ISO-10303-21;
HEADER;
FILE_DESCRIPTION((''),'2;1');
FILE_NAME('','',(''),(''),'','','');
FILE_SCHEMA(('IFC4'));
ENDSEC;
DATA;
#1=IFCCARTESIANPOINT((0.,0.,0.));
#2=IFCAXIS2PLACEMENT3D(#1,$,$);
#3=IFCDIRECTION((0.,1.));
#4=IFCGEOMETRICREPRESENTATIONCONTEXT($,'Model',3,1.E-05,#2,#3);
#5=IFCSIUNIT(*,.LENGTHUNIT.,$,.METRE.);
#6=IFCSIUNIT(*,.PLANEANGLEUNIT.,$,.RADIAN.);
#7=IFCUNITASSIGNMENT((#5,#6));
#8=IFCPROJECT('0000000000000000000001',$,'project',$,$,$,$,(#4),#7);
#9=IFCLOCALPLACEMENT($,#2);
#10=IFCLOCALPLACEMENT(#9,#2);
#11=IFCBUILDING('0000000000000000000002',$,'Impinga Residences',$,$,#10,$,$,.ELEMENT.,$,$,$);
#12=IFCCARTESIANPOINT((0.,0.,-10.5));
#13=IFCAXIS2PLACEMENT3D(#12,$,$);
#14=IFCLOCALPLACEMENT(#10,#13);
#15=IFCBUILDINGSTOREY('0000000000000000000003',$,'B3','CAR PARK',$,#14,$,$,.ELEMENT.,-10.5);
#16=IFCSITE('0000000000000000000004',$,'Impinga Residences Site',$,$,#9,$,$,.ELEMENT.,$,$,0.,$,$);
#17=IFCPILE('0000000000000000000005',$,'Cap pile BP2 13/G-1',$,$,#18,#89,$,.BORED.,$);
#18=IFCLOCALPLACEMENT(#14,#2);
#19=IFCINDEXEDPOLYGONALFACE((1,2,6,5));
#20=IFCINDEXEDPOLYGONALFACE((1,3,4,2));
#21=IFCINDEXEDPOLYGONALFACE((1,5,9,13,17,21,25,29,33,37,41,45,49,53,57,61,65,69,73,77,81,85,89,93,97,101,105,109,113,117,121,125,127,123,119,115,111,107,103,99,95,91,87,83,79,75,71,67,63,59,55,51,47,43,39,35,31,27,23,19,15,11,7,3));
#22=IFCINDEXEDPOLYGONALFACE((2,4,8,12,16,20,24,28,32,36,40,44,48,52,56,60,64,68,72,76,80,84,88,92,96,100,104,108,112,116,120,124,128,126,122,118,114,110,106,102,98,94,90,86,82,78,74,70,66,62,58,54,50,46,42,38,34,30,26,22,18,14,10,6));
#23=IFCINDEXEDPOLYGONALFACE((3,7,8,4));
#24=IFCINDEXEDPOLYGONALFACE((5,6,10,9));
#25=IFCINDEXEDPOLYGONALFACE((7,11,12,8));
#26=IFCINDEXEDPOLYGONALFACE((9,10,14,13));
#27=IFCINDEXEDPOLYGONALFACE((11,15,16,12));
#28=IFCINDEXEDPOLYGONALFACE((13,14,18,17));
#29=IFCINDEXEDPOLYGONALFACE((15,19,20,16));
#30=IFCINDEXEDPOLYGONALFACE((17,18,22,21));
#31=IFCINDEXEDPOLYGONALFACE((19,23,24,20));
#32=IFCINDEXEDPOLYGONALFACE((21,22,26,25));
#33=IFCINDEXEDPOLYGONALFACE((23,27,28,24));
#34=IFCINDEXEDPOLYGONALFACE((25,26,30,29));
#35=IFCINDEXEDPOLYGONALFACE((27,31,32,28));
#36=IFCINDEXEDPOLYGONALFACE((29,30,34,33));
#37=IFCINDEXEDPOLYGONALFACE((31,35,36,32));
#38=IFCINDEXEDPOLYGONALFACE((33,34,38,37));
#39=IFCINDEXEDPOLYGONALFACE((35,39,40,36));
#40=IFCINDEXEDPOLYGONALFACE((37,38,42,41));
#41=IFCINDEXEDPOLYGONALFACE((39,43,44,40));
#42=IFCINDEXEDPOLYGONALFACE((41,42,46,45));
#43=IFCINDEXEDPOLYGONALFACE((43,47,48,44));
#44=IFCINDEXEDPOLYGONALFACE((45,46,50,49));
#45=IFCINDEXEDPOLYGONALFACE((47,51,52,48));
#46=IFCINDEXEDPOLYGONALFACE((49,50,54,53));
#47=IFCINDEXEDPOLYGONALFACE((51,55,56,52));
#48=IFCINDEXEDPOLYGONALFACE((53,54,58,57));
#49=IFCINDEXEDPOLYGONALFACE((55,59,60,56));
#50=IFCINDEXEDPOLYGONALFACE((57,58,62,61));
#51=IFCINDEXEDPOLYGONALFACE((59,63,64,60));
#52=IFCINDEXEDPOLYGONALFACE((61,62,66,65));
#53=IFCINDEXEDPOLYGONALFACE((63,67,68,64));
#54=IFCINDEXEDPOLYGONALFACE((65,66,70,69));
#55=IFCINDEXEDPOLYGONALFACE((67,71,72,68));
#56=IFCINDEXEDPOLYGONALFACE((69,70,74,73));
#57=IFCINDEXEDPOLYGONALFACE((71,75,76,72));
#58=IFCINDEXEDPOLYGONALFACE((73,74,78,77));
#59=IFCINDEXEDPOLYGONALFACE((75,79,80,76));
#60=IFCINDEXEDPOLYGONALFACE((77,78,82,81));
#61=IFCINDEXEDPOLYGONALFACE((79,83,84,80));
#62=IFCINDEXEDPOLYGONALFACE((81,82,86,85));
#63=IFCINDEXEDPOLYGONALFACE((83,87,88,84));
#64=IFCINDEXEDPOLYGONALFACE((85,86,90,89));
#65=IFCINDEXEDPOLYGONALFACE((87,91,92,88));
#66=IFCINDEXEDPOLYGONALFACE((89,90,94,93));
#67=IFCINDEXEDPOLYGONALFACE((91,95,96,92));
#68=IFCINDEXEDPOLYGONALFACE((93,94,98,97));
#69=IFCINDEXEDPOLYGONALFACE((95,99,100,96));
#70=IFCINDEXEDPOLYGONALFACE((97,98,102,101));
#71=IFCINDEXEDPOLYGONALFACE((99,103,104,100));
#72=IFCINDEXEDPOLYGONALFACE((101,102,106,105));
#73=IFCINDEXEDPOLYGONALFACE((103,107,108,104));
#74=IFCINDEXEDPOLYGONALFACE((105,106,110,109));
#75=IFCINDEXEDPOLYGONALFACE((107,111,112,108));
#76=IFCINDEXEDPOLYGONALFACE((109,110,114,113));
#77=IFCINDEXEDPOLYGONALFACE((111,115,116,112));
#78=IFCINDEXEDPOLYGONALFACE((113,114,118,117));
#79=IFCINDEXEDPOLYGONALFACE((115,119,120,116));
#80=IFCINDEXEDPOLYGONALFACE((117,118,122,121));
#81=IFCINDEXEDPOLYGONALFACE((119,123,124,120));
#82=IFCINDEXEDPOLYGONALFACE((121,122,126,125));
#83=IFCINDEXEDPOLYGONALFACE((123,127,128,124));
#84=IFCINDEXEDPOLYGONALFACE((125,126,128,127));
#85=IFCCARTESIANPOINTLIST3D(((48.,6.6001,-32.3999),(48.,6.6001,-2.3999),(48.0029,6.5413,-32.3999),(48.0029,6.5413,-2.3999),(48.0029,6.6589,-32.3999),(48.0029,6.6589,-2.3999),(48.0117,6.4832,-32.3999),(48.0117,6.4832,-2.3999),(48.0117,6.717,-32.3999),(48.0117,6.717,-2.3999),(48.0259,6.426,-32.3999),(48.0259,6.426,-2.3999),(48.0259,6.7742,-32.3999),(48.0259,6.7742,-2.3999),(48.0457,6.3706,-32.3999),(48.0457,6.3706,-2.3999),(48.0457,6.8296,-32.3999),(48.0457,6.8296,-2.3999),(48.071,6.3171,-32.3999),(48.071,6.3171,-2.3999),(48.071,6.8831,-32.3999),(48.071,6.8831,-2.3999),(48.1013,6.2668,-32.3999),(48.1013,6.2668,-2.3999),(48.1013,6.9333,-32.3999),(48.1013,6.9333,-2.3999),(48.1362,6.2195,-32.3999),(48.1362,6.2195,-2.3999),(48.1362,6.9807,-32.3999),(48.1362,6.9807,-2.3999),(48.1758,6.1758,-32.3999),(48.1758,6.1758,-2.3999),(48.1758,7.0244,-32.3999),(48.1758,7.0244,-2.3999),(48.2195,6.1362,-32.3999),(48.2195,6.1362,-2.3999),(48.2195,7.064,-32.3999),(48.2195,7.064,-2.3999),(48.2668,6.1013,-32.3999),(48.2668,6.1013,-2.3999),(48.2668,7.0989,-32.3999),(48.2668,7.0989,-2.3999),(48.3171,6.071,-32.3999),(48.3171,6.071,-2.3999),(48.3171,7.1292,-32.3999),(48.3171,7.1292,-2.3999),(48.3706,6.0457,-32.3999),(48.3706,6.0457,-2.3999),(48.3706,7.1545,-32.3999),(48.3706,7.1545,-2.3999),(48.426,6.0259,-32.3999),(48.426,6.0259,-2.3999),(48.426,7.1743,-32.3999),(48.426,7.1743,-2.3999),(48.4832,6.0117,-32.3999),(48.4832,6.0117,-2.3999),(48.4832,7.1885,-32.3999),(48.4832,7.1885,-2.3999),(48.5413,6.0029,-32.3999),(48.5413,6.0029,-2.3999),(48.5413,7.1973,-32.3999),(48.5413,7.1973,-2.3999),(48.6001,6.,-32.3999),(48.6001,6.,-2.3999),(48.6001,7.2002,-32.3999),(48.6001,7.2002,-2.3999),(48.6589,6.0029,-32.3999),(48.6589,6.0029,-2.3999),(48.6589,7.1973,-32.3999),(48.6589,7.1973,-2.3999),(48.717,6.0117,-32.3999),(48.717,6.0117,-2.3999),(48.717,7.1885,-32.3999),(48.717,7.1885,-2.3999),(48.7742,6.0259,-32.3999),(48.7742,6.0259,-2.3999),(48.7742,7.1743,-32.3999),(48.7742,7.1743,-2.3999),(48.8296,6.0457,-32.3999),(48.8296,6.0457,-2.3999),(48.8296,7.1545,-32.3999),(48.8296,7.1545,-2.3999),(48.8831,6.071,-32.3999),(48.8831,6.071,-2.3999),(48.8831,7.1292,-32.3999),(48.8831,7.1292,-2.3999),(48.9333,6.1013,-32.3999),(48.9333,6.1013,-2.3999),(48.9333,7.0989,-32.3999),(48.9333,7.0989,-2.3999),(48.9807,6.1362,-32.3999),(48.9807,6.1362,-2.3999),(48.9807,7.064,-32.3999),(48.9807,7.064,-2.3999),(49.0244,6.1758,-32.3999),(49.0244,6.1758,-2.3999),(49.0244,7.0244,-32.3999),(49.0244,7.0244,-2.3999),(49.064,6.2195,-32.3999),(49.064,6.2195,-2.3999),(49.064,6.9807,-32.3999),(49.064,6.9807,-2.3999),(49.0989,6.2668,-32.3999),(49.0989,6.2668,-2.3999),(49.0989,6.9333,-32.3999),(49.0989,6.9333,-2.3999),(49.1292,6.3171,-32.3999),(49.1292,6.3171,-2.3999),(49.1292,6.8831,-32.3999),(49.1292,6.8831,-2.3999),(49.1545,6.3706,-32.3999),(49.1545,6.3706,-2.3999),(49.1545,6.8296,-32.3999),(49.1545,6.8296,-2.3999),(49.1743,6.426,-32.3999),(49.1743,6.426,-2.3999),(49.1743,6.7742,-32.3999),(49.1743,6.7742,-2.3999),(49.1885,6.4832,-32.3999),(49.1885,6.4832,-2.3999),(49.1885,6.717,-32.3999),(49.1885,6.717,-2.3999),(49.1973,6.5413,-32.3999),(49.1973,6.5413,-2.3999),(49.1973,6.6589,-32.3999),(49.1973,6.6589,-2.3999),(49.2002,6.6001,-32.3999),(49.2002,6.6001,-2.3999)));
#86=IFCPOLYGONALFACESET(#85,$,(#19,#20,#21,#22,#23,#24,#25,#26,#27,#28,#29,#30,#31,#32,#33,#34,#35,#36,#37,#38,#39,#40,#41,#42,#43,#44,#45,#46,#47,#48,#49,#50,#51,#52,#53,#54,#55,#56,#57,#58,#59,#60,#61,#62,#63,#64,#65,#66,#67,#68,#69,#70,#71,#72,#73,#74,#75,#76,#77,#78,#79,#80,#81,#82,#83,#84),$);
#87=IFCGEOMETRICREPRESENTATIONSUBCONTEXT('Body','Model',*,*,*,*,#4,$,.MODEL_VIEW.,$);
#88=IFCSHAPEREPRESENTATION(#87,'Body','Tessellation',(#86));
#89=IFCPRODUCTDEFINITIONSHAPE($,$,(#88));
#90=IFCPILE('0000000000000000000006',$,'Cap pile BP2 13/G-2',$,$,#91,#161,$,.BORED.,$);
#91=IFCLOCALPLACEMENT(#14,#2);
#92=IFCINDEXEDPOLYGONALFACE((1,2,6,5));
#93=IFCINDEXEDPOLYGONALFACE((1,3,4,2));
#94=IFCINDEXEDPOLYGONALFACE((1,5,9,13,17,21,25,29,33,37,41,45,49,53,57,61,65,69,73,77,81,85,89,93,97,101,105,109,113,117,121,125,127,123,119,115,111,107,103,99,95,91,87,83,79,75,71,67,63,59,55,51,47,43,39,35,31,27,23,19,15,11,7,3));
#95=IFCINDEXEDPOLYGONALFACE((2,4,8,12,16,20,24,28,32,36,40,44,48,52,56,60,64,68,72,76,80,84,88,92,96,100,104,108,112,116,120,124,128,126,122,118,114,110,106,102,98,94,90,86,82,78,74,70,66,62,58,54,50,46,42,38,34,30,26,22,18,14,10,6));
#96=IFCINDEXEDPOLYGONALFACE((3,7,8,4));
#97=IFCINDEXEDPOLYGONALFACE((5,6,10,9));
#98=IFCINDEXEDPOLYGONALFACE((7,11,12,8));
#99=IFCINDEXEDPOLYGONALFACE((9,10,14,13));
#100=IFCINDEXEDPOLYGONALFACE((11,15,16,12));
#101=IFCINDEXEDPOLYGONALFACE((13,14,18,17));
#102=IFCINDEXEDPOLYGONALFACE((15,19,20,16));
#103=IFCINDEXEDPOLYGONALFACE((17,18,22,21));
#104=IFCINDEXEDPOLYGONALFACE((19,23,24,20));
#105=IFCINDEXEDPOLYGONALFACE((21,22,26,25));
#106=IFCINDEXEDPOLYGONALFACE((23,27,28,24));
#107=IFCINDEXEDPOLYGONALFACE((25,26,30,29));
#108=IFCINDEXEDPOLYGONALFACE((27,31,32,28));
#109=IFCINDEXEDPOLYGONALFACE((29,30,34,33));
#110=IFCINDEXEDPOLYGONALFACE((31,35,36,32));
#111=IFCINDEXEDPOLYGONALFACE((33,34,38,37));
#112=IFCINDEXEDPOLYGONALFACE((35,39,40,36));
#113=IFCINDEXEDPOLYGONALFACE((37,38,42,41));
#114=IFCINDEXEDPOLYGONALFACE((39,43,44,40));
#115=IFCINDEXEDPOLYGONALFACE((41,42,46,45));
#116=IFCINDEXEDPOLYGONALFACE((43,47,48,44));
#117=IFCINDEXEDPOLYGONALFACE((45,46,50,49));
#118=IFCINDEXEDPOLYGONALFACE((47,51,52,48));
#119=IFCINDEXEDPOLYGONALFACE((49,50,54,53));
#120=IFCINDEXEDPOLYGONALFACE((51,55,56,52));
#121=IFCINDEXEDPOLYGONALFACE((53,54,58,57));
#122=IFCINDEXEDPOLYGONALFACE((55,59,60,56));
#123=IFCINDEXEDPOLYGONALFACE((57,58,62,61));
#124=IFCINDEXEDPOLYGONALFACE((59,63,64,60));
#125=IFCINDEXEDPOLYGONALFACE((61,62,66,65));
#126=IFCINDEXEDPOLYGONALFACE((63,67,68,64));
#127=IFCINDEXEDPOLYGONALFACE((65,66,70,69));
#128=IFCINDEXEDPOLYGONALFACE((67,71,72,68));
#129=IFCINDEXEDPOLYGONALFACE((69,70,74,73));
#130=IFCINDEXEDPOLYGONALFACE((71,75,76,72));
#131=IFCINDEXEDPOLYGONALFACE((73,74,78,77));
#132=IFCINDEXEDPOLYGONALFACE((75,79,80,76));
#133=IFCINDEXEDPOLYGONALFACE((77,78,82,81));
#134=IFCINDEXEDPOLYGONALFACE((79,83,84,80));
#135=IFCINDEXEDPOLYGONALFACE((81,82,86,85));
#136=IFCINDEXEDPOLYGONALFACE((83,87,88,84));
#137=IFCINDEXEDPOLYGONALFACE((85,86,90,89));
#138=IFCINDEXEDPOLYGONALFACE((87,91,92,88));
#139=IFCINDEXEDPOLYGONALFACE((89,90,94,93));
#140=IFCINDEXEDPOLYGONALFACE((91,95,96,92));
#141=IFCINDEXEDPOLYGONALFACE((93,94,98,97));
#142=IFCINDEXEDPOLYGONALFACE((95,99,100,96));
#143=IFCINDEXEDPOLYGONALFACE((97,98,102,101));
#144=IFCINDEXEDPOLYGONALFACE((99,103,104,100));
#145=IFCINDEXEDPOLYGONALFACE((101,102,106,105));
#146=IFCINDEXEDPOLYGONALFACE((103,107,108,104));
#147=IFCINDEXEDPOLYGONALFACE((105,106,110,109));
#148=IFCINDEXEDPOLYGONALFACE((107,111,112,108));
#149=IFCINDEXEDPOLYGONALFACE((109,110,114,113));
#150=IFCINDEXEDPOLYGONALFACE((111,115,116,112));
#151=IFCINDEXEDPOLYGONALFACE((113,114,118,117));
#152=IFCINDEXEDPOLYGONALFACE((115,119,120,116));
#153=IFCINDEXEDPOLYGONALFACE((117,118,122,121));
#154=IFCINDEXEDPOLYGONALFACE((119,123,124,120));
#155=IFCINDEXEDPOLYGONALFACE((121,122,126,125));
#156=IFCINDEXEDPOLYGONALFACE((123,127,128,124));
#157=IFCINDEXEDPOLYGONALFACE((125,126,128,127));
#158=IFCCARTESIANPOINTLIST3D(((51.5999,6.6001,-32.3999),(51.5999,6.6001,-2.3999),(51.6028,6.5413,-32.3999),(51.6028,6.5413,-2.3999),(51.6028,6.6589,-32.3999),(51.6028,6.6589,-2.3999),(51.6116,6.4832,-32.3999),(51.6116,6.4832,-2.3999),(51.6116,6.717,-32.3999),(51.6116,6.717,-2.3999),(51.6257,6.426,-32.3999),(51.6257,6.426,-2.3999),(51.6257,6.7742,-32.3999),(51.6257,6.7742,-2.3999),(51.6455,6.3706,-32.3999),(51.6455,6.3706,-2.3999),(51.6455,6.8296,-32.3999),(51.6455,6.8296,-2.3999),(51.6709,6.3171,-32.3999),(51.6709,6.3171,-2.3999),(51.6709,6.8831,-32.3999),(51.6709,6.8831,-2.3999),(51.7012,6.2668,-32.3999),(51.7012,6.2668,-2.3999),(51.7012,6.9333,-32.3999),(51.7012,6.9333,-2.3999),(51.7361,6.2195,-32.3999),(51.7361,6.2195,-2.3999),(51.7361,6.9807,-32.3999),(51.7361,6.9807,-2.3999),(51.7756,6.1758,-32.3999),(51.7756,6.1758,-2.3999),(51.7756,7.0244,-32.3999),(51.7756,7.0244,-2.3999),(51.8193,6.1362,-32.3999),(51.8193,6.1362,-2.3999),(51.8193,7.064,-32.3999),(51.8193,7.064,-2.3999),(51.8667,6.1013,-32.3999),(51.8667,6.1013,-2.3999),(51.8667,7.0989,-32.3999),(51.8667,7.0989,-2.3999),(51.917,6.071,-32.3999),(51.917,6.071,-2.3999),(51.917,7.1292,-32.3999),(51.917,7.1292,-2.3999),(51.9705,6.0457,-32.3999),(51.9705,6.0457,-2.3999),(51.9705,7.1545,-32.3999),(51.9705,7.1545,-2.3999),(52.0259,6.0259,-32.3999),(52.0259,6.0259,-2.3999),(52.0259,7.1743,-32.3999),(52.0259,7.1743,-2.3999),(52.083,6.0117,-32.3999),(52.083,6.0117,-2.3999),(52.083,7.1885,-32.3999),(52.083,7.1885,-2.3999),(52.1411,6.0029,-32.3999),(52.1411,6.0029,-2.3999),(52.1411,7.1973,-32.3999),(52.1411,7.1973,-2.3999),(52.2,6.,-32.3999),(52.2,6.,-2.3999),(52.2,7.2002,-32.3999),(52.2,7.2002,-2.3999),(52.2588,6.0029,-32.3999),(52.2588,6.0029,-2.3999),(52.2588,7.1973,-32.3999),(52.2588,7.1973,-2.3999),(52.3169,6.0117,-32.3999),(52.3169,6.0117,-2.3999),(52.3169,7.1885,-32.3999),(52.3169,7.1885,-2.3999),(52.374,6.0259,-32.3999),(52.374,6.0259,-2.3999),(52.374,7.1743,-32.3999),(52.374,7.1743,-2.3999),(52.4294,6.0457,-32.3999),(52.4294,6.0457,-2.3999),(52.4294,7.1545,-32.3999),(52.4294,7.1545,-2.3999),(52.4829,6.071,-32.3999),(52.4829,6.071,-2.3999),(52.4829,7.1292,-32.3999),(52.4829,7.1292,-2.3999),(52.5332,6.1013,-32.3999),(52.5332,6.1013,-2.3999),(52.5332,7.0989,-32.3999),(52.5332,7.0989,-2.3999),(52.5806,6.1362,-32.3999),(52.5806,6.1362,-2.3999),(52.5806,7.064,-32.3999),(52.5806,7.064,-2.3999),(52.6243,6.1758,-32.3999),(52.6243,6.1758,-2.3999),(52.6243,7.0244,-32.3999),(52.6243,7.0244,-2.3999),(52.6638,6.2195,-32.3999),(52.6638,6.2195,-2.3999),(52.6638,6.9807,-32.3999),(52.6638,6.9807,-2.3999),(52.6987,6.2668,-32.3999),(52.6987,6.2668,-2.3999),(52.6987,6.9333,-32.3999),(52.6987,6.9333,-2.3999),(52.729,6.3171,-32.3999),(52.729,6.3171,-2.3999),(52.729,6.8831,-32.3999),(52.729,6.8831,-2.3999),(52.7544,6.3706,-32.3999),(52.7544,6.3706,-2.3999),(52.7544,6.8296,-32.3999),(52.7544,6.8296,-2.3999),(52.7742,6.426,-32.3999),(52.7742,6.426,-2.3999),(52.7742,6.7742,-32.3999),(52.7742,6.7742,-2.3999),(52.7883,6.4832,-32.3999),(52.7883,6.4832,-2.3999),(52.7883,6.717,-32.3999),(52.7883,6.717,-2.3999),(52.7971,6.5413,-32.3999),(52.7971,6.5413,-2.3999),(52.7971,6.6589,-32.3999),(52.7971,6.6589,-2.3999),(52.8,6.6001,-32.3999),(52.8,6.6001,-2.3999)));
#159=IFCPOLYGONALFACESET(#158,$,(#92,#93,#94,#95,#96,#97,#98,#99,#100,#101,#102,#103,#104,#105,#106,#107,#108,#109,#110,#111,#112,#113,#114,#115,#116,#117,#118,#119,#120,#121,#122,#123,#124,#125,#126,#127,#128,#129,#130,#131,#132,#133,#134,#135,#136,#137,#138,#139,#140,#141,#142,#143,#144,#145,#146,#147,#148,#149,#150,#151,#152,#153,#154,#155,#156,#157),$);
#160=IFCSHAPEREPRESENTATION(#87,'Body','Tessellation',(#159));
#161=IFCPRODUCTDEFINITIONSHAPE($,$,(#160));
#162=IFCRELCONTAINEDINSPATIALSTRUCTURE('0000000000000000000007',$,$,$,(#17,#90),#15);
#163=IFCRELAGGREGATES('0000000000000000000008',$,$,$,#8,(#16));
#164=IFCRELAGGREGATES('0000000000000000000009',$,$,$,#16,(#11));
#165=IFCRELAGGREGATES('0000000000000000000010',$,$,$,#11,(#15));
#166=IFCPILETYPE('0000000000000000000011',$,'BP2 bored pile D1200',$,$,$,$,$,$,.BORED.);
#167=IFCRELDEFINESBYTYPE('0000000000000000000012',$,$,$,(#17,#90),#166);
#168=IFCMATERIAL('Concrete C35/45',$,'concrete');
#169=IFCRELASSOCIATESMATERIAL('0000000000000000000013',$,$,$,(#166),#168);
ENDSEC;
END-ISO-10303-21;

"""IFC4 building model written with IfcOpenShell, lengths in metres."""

from ifc_helpers import new_model, si_unit, direction, frame, origin, origin_2d, place, context, subcontext, project, spatial, polyline, circle, outline, extrude, material, material_profile, profile_set, type_object, element, save


model = new_model("IFC4")

# Units and contexts
model_context = context("Model", 3, precision=1e-05, world=origin(), true_north=direction((0.0, 1.0)))
body_context = subcontext(model_context, "Body", "Model", "MODEL_VIEW")
ifc_project = project(units=[si_unit("LENGTHUNIT", "METRE"), si_unit("PLANEANGLEUNIT", "RADIAN")], contexts=[model_context])

# Site, building, storey
site_placement = place(None, origin())
site = spatial("IfcSite", under=ifc_project, at=site_placement, Name="Impinga Residences Site", CompositionType="ELEMENT", RefElevation=0.0)
building_placement = place(site_placement, origin())
building = spatial("IfcBuilding", under=site, at=building_placement, Name="Impinga Residences", CompositionType="ELEMENT")
storey_placement = place(building_placement, frame((0.0, 0.0, -10.5)))
storey = spatial("IfcBuildingStorey", under=building, at=storey_placement, Name="B3", Description="CAR PARK", CompositionType="ELEMENT", Elevation=-10.5)

# Piles
ifc_material_1 = material(Name="Concrete C35/45", Category="concrete")
ifc_material_profile_1 = material_profile(ifc_material_1, circle(Radius=0.6001, at=origin_2d()), Name="D1200")
ifc_profile_set_1 = profile_set([ifc_material_profile_1], Name="Concrete C35/45")
pile_type = type_object("IfcPileType", Name="BP2 bored pile D1200", PredefinedType="BORED", material=ifc_profile_set_1)
pile_1_placement = place(storey_placement, frame((48.6001, 6.6001, -2.3999), z_axis=(0.0, 0.0, -1.0), x_axis=(1.0, 0.0, 0.0)))
element("IfcPile", 1, at=pile_1_placement, inside=storey, type_object=pile_type, Name="Cap pile BP2 13/G-1", PredefinedType="BORED", context=body_context, shape_type="SweptSolid", body=[
    extrude(outline(polyline([(0.6001, 0.0), (0.5972, 0.0588), (0.5884, 0.1169), (0.5742, 0.1741), (0.5544, 0.2295), (0.5291, 0.283), (0.4988, 0.3333), (0.4639, 0.3806), (0.4243, 0.4243), (0.3806, 0.4639), (0.3333, 0.4988), (0.283, 0.5291), (0.2295, 0.5544), (0.1741, 0.5742), (0.1169, 0.5884), (0.0588, 0.5972), (0.0, 0.6001), (-0.0588, 0.5972), (-0.1169, 0.5884), (-0.1741, 0.5742), (-0.2295, 0.5544), (-0.283, 0.5291), (-0.3333, 0.4988), (-0.3806, 0.4639), (-0.4243, 0.4243), (-0.4639, 0.3806), (-0.4988, 0.3333), (-0.5291, 0.283), (-0.5544, 0.2295), (-0.5742, 0.1741), (-0.5884, 0.1169), (-0.5972, 0.0588), (-0.6001, 0.0), (-0.5972, -0.0588), (-0.5884, -0.1169), (-0.5742, -0.1741), (-0.5544, -0.2295), (-0.5291, -0.283), (-0.4988, -0.3333), (-0.4639, -0.3806), (-0.4243, -0.4243), (-0.3806, -0.4639), (-0.3333, -0.4988), (-0.283, -0.5291), (-0.2295, -0.5544), (-0.1741, -0.5742), (-0.1169, -0.5884), (-0.0588, -0.5972), (0.0, -0.6001), (0.0588, -0.5972), (0.1169, -0.5884), (0.1741, -0.5742), (0.2295, -0.5544), (0.283, -0.5291), (0.3333, -0.4988), (0.3806, -0.4639), (0.4243, -0.4243), (0.4639, -0.3806), (0.4988, -0.3333), (0.5291, -0.283), (0.5544, -0.2295), (0.5742, -0.1741), (0.5884, -0.1169), (0.5972, -0.0588), (0.6001, 0.0)])), origin(), (0.0, 0.0, 1.0), 30.0),
])
pile_2_placement = place(storey_placement, frame((52.2, 6.6001, -2.3999), z_axis=(0.0, 0.0, -1.0), x_axis=(1.0, 0.0, 0.0)))
element("IfcPile", 2, at=pile_2_placement, inside=storey, type_object=pile_type, Name="Cap pile BP2 13/G-2", PredefinedType="BORED", context=body_context, shape_type="SweptSolid", body=[
    extrude(outline(polyline([(0.6001, 0.0), (0.5972, 0.0588), (0.5884, 0.1169), (0.5742, 0.1741), (0.5544, 0.2295), (0.5291, 0.283), (0.4988, 0.3333), (0.4639, 0.3806), (0.4243, 0.4243), (0.3806, 0.4639), (0.3333, 0.4988), (0.283, 0.5291), (0.2295, 0.5544), (0.1741, 0.5742), (0.1169, 0.5884), (0.0588, 0.5972), (0.0, 0.6001), (-0.0588, 0.5972), (-0.1169, 0.5884), (-0.1741, 0.5742), (-0.2295, 0.5544), (-0.283, 0.5291), (-0.3333, 0.4988), (-0.3806, 0.4639), (-0.4243, 0.4243), (-0.4639, 0.3806), (-0.4988, 0.3333), (-0.5291, 0.283), (-0.5544, 0.2295), (-0.5742, 0.1741), (-0.5884, 0.1169), (-0.5972, 0.0588), (-0.6001, 0.0), (-0.5972, -0.0588), (-0.5884, -0.1169), (-0.5742, -0.1741), (-0.5544, -0.2295), (-0.5291, -0.283), (-0.4988, -0.3333), (-0.4639, -0.3806), (-0.4243, -0.4243), (-0.3806, -0.4639), (-0.3333, -0.4988), (-0.283, -0.5291), (-0.2295, -0.5544), (-0.1741, -0.5742), (-0.1169, -0.5884), (-0.0588, -0.5972), (0.0, -0.6001), (0.0588, -0.5972), (0.1169, -0.5884), (0.1741, -0.5742), (0.2295, -0.5544), (0.283, -0.5291), (0.3333, -0.4988), (0.3806, -0.4639), (0.4243, -0.4243), (0.4639, -0.3806), (0.4988, -0.3333), (0.5291, -0.283), (0.5544, -0.2295), (0.5742, -0.1741), (0.5884, -0.1169), (0.5972, -0.0588), (0.6001, 0.0)])), origin(), (0.0, 0.0, 1.0), 30.0),
])

save(model, "model.ifc")
